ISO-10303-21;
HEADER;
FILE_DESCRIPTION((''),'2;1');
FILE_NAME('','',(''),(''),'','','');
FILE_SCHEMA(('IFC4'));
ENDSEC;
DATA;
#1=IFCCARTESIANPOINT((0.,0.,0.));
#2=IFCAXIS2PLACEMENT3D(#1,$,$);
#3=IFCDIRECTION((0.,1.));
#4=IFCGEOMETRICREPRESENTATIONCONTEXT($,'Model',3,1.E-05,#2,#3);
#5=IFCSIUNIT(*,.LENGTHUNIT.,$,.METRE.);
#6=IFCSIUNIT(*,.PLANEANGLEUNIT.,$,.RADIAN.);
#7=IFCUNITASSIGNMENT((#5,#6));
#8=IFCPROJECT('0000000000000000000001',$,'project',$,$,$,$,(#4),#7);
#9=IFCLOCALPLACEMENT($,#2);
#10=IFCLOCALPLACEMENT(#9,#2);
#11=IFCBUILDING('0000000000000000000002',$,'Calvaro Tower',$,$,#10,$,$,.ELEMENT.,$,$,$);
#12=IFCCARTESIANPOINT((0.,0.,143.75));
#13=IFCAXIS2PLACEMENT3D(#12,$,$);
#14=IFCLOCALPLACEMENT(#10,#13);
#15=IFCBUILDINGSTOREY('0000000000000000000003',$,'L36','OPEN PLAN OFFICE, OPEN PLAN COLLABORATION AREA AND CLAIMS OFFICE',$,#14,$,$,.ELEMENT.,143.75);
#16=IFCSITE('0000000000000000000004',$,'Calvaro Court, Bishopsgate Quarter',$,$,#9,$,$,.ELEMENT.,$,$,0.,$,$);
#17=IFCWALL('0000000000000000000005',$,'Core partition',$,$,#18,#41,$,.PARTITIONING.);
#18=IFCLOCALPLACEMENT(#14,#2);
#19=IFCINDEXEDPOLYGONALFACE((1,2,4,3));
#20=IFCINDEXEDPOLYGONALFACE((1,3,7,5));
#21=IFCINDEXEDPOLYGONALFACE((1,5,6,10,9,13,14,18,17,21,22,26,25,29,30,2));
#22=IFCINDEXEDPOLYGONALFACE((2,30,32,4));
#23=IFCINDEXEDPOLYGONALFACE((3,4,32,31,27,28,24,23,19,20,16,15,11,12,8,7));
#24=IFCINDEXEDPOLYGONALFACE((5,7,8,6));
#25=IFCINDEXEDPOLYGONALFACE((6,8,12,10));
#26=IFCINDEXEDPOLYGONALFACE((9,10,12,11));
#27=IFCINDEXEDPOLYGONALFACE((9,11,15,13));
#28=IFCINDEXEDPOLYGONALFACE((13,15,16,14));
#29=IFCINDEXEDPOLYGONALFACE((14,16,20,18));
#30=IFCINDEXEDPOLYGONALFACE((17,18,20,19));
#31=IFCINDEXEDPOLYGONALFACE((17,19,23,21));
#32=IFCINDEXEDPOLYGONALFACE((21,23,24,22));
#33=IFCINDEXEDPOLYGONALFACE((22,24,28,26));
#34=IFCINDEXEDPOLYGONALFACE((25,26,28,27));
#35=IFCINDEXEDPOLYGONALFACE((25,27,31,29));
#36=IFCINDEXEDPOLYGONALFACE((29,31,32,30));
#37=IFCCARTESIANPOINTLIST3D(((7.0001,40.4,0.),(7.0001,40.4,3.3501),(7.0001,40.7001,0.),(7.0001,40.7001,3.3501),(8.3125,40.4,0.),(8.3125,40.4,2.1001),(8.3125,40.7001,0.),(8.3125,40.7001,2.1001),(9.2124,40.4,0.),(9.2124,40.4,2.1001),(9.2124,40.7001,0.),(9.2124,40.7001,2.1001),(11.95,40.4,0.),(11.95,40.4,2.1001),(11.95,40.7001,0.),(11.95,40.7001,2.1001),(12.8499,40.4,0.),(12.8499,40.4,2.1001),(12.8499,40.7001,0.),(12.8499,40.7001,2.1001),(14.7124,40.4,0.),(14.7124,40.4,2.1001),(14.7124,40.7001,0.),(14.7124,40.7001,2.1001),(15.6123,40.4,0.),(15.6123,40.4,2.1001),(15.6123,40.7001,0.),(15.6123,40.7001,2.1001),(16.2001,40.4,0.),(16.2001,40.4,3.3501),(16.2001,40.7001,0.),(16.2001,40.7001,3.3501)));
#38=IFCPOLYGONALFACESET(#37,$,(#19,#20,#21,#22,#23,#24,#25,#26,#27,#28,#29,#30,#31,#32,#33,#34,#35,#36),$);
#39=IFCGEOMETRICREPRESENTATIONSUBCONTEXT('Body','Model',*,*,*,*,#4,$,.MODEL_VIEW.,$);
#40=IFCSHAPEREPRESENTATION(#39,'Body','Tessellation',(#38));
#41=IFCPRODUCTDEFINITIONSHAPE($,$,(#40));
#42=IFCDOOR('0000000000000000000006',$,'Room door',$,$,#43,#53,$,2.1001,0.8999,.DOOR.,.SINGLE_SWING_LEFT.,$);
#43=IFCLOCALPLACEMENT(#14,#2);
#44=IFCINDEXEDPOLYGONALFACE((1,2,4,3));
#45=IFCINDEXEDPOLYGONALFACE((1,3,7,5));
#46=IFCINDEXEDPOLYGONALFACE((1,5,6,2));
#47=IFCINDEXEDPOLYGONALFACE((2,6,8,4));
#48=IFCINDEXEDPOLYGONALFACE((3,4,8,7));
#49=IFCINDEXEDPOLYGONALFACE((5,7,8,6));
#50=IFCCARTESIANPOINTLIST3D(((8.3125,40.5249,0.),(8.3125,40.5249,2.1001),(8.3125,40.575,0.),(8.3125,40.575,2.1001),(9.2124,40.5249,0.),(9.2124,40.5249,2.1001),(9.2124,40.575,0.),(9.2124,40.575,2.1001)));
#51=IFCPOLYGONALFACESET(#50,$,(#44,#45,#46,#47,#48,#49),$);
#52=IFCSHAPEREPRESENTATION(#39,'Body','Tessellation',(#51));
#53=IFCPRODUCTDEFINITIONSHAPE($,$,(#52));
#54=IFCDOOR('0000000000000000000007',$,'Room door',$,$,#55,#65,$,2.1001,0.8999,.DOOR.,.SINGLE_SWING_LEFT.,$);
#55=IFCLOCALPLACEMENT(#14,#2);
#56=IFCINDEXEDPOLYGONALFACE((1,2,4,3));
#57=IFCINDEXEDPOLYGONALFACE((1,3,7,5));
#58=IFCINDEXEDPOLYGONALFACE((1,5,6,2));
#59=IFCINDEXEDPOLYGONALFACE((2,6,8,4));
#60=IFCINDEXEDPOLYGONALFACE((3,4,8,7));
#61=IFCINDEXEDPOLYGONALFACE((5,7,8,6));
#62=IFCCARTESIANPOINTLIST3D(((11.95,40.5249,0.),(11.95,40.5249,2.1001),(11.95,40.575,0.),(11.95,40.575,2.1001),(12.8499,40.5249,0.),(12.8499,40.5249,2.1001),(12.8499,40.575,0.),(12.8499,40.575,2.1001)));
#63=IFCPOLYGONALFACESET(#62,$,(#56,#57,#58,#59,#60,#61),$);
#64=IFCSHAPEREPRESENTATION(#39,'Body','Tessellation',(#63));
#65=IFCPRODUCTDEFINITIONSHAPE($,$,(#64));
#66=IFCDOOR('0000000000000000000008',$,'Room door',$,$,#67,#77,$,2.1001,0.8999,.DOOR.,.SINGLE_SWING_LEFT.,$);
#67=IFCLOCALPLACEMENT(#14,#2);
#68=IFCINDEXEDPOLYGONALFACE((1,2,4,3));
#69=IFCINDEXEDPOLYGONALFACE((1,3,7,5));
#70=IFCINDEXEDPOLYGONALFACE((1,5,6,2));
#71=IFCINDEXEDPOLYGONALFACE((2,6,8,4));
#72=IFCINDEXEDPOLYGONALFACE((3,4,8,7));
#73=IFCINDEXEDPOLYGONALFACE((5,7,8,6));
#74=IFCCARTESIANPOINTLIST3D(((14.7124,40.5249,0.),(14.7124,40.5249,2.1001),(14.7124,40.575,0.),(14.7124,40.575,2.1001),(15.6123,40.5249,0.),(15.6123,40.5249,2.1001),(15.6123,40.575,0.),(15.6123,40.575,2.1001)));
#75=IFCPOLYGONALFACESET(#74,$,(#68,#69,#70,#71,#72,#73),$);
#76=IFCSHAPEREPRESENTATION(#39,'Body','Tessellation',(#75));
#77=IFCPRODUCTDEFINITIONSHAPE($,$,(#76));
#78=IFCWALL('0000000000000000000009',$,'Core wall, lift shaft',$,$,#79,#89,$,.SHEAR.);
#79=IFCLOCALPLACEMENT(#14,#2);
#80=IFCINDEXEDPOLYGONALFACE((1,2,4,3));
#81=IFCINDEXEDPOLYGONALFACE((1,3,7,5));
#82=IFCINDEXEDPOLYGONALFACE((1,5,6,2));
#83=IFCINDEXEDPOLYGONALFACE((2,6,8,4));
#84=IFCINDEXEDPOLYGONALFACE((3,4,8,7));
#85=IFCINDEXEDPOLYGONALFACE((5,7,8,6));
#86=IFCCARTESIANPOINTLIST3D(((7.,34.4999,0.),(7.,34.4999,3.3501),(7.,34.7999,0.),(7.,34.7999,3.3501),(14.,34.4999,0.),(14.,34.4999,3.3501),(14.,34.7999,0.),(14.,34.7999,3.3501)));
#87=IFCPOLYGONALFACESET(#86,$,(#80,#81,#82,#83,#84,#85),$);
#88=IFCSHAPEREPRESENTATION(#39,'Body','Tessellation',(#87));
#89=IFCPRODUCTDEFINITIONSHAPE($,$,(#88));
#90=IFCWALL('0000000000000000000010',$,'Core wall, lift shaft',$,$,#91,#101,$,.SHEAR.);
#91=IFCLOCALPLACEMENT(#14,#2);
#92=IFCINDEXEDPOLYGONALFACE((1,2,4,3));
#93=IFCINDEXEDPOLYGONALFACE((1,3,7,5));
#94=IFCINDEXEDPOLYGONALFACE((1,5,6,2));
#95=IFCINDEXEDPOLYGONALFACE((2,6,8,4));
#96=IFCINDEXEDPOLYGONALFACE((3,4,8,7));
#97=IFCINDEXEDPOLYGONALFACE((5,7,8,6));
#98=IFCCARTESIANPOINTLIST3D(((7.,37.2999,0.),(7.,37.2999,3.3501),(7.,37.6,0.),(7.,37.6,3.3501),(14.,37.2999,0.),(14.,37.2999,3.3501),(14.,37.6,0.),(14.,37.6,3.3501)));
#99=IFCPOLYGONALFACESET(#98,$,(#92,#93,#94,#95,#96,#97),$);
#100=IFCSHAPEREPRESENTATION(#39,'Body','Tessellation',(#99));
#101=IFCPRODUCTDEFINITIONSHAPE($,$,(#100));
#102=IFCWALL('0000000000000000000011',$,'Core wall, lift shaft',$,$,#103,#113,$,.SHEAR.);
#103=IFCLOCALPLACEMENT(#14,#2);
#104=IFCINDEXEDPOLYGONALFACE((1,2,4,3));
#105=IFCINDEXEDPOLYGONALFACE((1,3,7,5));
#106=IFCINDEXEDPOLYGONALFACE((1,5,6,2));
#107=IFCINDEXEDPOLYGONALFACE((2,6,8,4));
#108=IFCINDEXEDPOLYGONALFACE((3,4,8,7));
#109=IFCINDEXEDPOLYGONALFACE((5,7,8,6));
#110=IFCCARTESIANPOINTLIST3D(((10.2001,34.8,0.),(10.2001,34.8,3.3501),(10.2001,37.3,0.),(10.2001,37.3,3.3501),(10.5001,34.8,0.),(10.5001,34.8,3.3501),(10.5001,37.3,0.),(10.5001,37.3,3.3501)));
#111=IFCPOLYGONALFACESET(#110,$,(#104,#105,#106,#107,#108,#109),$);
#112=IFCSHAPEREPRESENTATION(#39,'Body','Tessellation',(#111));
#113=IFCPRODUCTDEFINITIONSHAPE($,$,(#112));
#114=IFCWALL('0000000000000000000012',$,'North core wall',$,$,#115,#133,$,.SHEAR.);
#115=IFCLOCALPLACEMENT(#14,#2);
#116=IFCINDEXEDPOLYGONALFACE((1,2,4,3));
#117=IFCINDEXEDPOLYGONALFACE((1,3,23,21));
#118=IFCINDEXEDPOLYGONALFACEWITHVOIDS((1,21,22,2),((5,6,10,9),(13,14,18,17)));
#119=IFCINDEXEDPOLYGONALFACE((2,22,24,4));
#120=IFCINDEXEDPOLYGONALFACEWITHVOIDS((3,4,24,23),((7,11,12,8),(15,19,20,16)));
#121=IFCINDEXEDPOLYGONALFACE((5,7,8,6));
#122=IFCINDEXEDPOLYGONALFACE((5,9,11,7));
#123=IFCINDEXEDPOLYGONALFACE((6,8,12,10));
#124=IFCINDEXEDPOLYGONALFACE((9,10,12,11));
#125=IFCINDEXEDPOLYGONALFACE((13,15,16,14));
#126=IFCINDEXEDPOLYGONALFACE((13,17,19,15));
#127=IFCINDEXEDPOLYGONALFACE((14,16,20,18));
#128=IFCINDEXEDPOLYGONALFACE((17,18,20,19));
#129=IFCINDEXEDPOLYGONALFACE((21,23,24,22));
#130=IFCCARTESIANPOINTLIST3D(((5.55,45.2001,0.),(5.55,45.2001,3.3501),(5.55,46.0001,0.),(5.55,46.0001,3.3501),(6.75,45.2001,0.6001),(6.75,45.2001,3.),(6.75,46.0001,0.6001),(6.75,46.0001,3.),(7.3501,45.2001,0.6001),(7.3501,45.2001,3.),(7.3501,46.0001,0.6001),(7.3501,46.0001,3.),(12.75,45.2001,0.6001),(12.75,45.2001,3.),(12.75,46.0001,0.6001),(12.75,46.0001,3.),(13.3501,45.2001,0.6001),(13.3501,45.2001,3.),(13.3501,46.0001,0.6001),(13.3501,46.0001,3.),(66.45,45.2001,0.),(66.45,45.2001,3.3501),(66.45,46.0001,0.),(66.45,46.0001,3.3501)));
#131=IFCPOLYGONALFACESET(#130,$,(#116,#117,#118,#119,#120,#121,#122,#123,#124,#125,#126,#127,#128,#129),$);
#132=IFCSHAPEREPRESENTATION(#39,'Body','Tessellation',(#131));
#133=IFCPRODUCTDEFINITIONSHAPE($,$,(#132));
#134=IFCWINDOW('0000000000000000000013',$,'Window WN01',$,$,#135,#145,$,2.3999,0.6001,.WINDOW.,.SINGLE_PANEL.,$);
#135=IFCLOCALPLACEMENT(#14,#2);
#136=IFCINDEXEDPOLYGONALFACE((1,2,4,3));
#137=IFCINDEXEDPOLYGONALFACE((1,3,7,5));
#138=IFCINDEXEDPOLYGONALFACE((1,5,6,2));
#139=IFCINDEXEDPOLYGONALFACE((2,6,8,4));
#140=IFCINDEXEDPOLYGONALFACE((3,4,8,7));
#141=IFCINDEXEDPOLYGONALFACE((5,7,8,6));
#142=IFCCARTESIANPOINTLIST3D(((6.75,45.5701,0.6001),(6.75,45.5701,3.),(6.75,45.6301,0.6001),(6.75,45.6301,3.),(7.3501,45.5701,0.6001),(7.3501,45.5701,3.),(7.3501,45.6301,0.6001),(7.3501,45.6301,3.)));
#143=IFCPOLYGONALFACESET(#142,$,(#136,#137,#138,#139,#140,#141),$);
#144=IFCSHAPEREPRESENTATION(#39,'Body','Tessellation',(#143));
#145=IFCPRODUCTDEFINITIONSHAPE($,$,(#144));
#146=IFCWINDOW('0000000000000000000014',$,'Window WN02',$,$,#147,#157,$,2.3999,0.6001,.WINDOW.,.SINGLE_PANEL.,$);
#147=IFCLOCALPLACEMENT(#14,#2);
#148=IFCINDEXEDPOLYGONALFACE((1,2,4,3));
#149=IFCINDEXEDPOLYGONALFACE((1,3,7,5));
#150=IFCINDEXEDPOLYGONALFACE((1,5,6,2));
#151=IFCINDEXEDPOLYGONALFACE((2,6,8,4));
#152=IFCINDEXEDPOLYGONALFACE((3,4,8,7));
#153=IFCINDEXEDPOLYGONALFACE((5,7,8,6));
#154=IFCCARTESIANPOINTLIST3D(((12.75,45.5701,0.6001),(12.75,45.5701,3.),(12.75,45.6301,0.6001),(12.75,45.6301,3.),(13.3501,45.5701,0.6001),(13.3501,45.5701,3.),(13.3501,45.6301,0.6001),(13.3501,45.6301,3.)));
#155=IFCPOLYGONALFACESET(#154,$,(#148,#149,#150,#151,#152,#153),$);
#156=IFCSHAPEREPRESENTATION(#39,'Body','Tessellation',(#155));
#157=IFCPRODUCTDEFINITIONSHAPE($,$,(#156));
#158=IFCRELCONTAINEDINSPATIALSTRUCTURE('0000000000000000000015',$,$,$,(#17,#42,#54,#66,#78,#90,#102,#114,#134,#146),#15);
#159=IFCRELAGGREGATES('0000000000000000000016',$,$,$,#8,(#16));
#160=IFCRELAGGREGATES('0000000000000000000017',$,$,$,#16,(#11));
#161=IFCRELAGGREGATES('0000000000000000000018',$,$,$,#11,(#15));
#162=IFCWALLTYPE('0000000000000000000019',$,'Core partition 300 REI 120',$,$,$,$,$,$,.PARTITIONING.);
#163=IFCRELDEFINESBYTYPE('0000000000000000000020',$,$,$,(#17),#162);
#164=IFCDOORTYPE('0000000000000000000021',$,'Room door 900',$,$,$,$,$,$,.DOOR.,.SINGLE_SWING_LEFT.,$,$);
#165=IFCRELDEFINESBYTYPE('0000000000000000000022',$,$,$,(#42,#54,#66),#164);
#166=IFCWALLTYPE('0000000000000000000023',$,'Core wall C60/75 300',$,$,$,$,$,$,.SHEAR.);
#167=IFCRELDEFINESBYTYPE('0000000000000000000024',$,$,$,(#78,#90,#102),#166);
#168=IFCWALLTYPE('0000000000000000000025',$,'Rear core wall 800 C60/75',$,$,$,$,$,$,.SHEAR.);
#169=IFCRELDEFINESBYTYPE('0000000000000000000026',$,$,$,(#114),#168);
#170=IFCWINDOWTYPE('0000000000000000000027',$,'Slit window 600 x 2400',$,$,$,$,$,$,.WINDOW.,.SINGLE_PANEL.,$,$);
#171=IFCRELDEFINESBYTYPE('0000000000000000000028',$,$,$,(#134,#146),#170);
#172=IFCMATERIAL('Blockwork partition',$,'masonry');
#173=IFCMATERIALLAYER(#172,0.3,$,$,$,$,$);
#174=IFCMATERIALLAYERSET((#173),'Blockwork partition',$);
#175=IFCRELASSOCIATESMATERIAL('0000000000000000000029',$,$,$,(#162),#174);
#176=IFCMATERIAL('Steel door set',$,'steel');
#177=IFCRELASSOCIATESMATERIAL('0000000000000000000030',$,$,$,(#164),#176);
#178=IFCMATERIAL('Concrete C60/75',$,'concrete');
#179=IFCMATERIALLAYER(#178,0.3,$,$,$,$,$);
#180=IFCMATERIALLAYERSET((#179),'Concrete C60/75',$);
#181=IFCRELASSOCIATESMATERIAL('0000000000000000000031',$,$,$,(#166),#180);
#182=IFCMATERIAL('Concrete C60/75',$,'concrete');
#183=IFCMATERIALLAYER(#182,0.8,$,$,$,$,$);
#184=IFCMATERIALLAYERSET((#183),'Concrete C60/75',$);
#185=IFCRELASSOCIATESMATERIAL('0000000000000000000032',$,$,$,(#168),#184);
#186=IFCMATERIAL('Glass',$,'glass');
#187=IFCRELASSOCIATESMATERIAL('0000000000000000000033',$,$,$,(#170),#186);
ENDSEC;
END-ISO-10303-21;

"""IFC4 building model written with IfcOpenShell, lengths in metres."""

from ifc_helpers import new_model, si_unit, direction, frame, frame_2d, origin, place, context, subcontext, project, spatial, rectangle, extrude, material, layer, layer_set, type_object, element, fill, save


model = new_model("IFC4")

# Units and contexts
model_context = context("Model", 3, precision=1e-05, world=origin(), true_north=direction((0.0, 1.0)))
body_context = subcontext(model_context, "Body", "Model", "MODEL_VIEW")
ifc_project = project(units=[si_unit("LENGTHUNIT", "METRE"), si_unit("PLANEANGLEUNIT", "RADIAN")], contexts=[model_context])

# Site, building, storey
site_placement = place(None, origin())
site = spatial("IfcSite", under=ifc_project, at=site_placement, Name="Calvaro Court, Bishopsgate Quarter", CompositionType="ELEMENT", RefElevation=0.0)
building_placement = place(site_placement, origin())
building = spatial("IfcBuilding", under=site, at=building_placement, Name="Calvaro Tower", CompositionType="ELEMENT")
storey_placement = place(building_placement, frame((0.0, 0.0, 143.75)))
storey = spatial("IfcBuildingStorey", under=building, at=storey_placement, Name="L36", Description="OPEN PLAN OFFICE, OPEN PLAN COLLABORATION AREA AND CLAIMS OFFICE", CompositionType="ELEMENT", Elevation=143.75)

# Wall, openings, doors
ifc_material_1 = material(Name="Blockwork partition", Category="masonry")
ifc_layer_1 = layer(ifc_material_1, 0.3)
ifc_layer_set_1 = layer_set([ifc_layer_1], Name="Blockwork partition")
wall_type_1 = type_object("IfcWallType", Name="Core partition 300 REI 120", PredefinedType="PARTITIONING", material=ifc_layer_set_1)
wall_1_placement = place(storey_placement, frame((7.0, 40.55, 0.0), z_axis=(0.0, 0.0, 1.0), x_axis=(1.0, 0.0, 0.0)))
wall_1 = element("IfcWall", 1, at=wall_1_placement, inside=storey, type_object=wall_type_1, Name="Core partition", PredefinedType="PARTITIONING", context=body_context, shape_type="SweptSolid", body=[
    extrude(rectangle(XDim=9.2, YDim=0.3, at=frame_2d((4.6001, 0.0))), origin(), (0.0, 0.0, 1.0), 3.3501),
])
opening_1_placement = place(wall_1_placement, frame((1.3125, 0.0, 0.0)))
opening_1 = element("IfcOpeningElement", 2, at=opening_1_placement, cuts=wall_1, PredefinedType="OPENING", context=body_context, shape_type="SweptSolid", body=[
    extrude(rectangle(XDim=0.8999, YDim=2.1001, at=frame_2d((0.45, 1.05))), frame((0.0, 0.1599, 0.0), z_axis=(0.0, -1.0, 0.0), x_axis=(1.0, 0.0, 0.0)), (0.0, 0.0, 1.0), 0.3201),
])
opening_2_placement = place(wall_1_placement, frame((4.95, 0.0, 0.0)))
opening_2 = element("IfcOpeningElement", 3, at=opening_2_placement, cuts=wall_1, PredefinedType="OPENING", context=body_context, shape_type="SweptSolid", body=[
    extrude(rectangle(XDim=0.8999, YDim=2.1001, at=frame_2d((0.45, 1.05))), frame((0.0, 0.1599, 0.0), z_axis=(0.0, -1.0, 0.0), x_axis=(1.0, 0.0, 0.0)), (0.0, 0.0, 1.0), 0.3201),
])
opening_3_placement = place(wall_1_placement, frame((7.7124, 0.0, 0.0)))
opening_3 = element("IfcOpeningElement", 4, at=opening_3_placement, cuts=wall_1, PredefinedType="OPENING", context=body_context, shape_type="SweptSolid", body=[
    extrude(rectangle(XDim=0.8999, YDim=2.1001, at=frame_2d((0.45, 1.05))), frame((0.0, 0.1599, 0.0), z_axis=(0.0, -1.0, 0.0), x_axis=(1.0, 0.0, 0.0)), (0.0, 0.0, 1.0), 0.3201),
])
ifc_material_2 = material(Name="Steel door set", Category="steel")
door_type = type_object("IfcDoorType", Name="Room door 900", OperationType="SINGLE_SWING_LEFT", PredefinedType="DOOR", material=ifc_material_2)
door_1_placement = place(opening_1_placement, origin())
door_1 = element("IfcDoor", 5, at=door_1_placement, inside=storey, type_object=door_type, Name="Room door", OperationType="SINGLE_SWING_LEFT", OverallHeight=2.1001, OverallWidth=0.8999, PredefinedType="DOOR", context=body_context, shape_type="SweptSolid", body=[
    extrude(rectangle(XDim=0.8999, YDim=2.1001, at=frame_2d((0.45, 1.05))), frame((0.0, 0.0249, 0.0), z_axis=(0.0, -1.0, 0.0), x_axis=(1.0, 0.0, 0.0)), (0.0, 0.0, 1.0), 0.05),
])
fill(opening_1, door_1)
door_2_placement = place(opening_2_placement, origin())
door_2 = element("IfcDoor", 6, at=door_2_placement, inside=storey, type_object=door_type, Name="Room door", OperationType="SINGLE_SWING_LEFT", OverallHeight=2.1001, OverallWidth=0.8999, PredefinedType="DOOR", context=body_context, shape_type="SweptSolid", body=[
    extrude(rectangle(XDim=0.8999, YDim=2.1001, at=frame_2d((0.45, 1.05))), frame((0.0, 0.0249, 0.0), z_axis=(0.0, -1.0, 0.0), x_axis=(1.0, 0.0, 0.0)), (0.0, 0.0, 1.0), 0.05),
])
fill(opening_2, door_2)
door_3_placement = place(opening_3_placement, origin())
door_3 = element("IfcDoor", 7, at=door_3_placement, inside=storey, type_object=door_type, Name="Room door", OperationType="SINGLE_SWING_LEFT", OverallHeight=2.1001, OverallWidth=0.8999, PredefinedType="DOOR", context=body_context, shape_type="SweptSolid", body=[
    extrude(rectangle(XDim=0.8999, YDim=2.1001, at=frame_2d((0.45, 1.05))), frame((0.0, 0.0249, 0.0), z_axis=(0.0, -1.0, 0.0), x_axis=(1.0, 0.0, 0.0)), (0.0, 0.0, 1.0), 0.05),
])
fill(opening_3, door_3)

# Walls
ifc_material_3 = material(Name="Concrete C60/75", Category="concrete")
ifc_layer_2 = layer(ifc_material_3, 0.3)
ifc_layer_set_2 = layer_set([ifc_layer_2], Name="Concrete C60/75")
wall_type_2 = type_object("IfcWallType", Name="Core wall C60/75 300", PredefinedType="SHEAR", material=ifc_layer_set_2)
for number, where, z_axis, x_axis, name in (
    (8, (7.0, 34.6499, 0.0), (0.0, 0.0, 1.0), (1.0, 0.0, 0.0), "Core wall, lift shaft"),
    (9, (7.0, 37.45, 0.0), (0.0, 0.0, 1.0), (1.0, 0.0, 0.0), "Core wall, lift shaft"),
):
    element("IfcWall", number, at=place(storey_placement, frame(where, z_axis=z_axis, x_axis=x_axis)), inside=storey, type_object=wall_type_2, Name=name, PredefinedType="SHEAR", context=body_context, shape_type="SweptSolid", body=[
        extrude(rectangle(XDim=7.0, YDim=0.3, at=frame_2d((3.5, 0.0))), origin(), (0.0, 0.0, 1.0), 3.3501),
    ])
wall_2_placement = place(storey_placement, frame((10.3501, 34.8, 0.0), z_axis=(0.0, 0.0, 1.0), x_axis=(0.0, 1.0, 0.0)))
element("IfcWall", 10, at=wall_2_placement, inside=storey, type_object=wall_type_2, Name="Core wall, lift shaft", PredefinedType="SHEAR", context=body_context, shape_type="SweptSolid", body=[
    extrude(rectangle(XDim=2.5, YDim=0.3, at=frame_2d((1.25, 0.0))), origin(), (0.0, 0.0, 1.0), 3.3501),
])

# Wall, openings, windows
ifc_material_4 = material(Name="Concrete C60/75", Category="concrete")
ifc_layer_3 = layer(ifc_material_4, 0.8)
ifc_layer_set_3 = layer_set([ifc_layer_3], Name="Concrete C60/75")
wall_type_3 = type_object("IfcWallType", Name="Rear core wall 800 C60/75", PredefinedType="SHEAR", material=ifc_layer_set_3)
wall_3_placement = place(storey_placement, frame((5.55, 45.6001, 0.0), z_axis=(0.0, 0.0, 1.0), x_axis=(1.0, 0.0, 0.0)))
wall_3 = element("IfcWall", 11, at=wall_3_placement, inside=storey, type_object=wall_type_3, Name="North core wall", PredefinedType="SHEAR", context=body_context, shape_type="SweptSolid", body=[
    extrude(rectangle(XDim=60.8999, YDim=0.8, at=frame_2d((30.45, 0.0))), origin(), (0.0, 0.0, 1.0), 3.3501),
])
opening_4_placement = place(wall_3_placement, frame((1.2, 0.0, 0.6001)))
opening_4 = element("IfcOpeningElement", 12, at=opening_4_placement, cuts=wall_3, PredefinedType="OPENING", context=body_context, shape_type="SweptSolid", body=[
    extrude(rectangle(XDim=0.6001, YDim=2.3999, at=frame_2d((0.3, 1.2))), frame((0.0, 0.4099, 0.0), z_axis=(0.0, -1.0, 0.0), x_axis=(1.0, 0.0, 0.0)), (0.0, 0.0, 1.0), 0.8201),
])
opening_5_placement = place(wall_3_placement, frame((7.2, 0.0, 0.6001)))
opening_5 = element("IfcOpeningElement", 13, at=opening_5_placement, cuts=wall_3, PredefinedType="OPENING", context=body_context, shape_type="SweptSolid", body=[
    extrude(rectangle(XDim=0.6001, YDim=2.3999, at=frame_2d((0.3, 1.2))), frame((0.0, 0.4099, 0.0), z_axis=(0.0, -1.0, 0.0), x_axis=(1.0, 0.0, 0.0)), (0.0, 0.0, 1.0), 0.8201),
])
ifc_material_5 = material(Name="Glass", Category="glass")
window_type = type_object("IfcWindowType", Name="Slit window 600 x 2400", PartitioningType="SINGLE_PANEL", PredefinedType="WINDOW", material=ifc_material_5)
window_1_placement = place(opening_4_placement, origin())
window_1 = element("IfcWindow", 14, at=window_1_placement, inside=storey, type_object=window_type, Name="Window WN01", OverallHeight=2.3999, OverallWidth=0.6001, PartitioningType="SINGLE_PANEL", PredefinedType="WINDOW", context=body_context, shape_type="SweptSolid", body=[
    extrude(rectangle(XDim=0.6001, YDim=2.3999, at=frame_2d((0.3, 1.2))), frame((0.0, 0.03, 0.0), z_axis=(0.0, -1.0, 0.0), x_axis=(1.0, 0.0, 0.0)), (0.0, 0.0, 1.0), 0.0601),
])
fill(opening_4, window_1)
window_2_placement = place(opening_5_placement, origin())
window_2 = element("IfcWindow", 15, at=window_2_placement, inside=storey, type_object=window_type, Name="Window WN02", OverallHeight=2.3999, OverallWidth=0.6001, PartitioningType="SINGLE_PANEL", PredefinedType="WINDOW", context=body_context, shape_type="SweptSolid", body=[
    extrude(rectangle(XDim=0.6001, YDim=2.3999, at=frame_2d((0.3, 1.2))), frame((0.0, 0.03, 0.0), z_axis=(0.0, -1.0, 0.0), x_axis=(1.0, 0.0, 0.0)), (0.0, 0.0, 1.0), 0.0601),
])
fill(opening_5, window_2)

save(model, "model.ifc")
